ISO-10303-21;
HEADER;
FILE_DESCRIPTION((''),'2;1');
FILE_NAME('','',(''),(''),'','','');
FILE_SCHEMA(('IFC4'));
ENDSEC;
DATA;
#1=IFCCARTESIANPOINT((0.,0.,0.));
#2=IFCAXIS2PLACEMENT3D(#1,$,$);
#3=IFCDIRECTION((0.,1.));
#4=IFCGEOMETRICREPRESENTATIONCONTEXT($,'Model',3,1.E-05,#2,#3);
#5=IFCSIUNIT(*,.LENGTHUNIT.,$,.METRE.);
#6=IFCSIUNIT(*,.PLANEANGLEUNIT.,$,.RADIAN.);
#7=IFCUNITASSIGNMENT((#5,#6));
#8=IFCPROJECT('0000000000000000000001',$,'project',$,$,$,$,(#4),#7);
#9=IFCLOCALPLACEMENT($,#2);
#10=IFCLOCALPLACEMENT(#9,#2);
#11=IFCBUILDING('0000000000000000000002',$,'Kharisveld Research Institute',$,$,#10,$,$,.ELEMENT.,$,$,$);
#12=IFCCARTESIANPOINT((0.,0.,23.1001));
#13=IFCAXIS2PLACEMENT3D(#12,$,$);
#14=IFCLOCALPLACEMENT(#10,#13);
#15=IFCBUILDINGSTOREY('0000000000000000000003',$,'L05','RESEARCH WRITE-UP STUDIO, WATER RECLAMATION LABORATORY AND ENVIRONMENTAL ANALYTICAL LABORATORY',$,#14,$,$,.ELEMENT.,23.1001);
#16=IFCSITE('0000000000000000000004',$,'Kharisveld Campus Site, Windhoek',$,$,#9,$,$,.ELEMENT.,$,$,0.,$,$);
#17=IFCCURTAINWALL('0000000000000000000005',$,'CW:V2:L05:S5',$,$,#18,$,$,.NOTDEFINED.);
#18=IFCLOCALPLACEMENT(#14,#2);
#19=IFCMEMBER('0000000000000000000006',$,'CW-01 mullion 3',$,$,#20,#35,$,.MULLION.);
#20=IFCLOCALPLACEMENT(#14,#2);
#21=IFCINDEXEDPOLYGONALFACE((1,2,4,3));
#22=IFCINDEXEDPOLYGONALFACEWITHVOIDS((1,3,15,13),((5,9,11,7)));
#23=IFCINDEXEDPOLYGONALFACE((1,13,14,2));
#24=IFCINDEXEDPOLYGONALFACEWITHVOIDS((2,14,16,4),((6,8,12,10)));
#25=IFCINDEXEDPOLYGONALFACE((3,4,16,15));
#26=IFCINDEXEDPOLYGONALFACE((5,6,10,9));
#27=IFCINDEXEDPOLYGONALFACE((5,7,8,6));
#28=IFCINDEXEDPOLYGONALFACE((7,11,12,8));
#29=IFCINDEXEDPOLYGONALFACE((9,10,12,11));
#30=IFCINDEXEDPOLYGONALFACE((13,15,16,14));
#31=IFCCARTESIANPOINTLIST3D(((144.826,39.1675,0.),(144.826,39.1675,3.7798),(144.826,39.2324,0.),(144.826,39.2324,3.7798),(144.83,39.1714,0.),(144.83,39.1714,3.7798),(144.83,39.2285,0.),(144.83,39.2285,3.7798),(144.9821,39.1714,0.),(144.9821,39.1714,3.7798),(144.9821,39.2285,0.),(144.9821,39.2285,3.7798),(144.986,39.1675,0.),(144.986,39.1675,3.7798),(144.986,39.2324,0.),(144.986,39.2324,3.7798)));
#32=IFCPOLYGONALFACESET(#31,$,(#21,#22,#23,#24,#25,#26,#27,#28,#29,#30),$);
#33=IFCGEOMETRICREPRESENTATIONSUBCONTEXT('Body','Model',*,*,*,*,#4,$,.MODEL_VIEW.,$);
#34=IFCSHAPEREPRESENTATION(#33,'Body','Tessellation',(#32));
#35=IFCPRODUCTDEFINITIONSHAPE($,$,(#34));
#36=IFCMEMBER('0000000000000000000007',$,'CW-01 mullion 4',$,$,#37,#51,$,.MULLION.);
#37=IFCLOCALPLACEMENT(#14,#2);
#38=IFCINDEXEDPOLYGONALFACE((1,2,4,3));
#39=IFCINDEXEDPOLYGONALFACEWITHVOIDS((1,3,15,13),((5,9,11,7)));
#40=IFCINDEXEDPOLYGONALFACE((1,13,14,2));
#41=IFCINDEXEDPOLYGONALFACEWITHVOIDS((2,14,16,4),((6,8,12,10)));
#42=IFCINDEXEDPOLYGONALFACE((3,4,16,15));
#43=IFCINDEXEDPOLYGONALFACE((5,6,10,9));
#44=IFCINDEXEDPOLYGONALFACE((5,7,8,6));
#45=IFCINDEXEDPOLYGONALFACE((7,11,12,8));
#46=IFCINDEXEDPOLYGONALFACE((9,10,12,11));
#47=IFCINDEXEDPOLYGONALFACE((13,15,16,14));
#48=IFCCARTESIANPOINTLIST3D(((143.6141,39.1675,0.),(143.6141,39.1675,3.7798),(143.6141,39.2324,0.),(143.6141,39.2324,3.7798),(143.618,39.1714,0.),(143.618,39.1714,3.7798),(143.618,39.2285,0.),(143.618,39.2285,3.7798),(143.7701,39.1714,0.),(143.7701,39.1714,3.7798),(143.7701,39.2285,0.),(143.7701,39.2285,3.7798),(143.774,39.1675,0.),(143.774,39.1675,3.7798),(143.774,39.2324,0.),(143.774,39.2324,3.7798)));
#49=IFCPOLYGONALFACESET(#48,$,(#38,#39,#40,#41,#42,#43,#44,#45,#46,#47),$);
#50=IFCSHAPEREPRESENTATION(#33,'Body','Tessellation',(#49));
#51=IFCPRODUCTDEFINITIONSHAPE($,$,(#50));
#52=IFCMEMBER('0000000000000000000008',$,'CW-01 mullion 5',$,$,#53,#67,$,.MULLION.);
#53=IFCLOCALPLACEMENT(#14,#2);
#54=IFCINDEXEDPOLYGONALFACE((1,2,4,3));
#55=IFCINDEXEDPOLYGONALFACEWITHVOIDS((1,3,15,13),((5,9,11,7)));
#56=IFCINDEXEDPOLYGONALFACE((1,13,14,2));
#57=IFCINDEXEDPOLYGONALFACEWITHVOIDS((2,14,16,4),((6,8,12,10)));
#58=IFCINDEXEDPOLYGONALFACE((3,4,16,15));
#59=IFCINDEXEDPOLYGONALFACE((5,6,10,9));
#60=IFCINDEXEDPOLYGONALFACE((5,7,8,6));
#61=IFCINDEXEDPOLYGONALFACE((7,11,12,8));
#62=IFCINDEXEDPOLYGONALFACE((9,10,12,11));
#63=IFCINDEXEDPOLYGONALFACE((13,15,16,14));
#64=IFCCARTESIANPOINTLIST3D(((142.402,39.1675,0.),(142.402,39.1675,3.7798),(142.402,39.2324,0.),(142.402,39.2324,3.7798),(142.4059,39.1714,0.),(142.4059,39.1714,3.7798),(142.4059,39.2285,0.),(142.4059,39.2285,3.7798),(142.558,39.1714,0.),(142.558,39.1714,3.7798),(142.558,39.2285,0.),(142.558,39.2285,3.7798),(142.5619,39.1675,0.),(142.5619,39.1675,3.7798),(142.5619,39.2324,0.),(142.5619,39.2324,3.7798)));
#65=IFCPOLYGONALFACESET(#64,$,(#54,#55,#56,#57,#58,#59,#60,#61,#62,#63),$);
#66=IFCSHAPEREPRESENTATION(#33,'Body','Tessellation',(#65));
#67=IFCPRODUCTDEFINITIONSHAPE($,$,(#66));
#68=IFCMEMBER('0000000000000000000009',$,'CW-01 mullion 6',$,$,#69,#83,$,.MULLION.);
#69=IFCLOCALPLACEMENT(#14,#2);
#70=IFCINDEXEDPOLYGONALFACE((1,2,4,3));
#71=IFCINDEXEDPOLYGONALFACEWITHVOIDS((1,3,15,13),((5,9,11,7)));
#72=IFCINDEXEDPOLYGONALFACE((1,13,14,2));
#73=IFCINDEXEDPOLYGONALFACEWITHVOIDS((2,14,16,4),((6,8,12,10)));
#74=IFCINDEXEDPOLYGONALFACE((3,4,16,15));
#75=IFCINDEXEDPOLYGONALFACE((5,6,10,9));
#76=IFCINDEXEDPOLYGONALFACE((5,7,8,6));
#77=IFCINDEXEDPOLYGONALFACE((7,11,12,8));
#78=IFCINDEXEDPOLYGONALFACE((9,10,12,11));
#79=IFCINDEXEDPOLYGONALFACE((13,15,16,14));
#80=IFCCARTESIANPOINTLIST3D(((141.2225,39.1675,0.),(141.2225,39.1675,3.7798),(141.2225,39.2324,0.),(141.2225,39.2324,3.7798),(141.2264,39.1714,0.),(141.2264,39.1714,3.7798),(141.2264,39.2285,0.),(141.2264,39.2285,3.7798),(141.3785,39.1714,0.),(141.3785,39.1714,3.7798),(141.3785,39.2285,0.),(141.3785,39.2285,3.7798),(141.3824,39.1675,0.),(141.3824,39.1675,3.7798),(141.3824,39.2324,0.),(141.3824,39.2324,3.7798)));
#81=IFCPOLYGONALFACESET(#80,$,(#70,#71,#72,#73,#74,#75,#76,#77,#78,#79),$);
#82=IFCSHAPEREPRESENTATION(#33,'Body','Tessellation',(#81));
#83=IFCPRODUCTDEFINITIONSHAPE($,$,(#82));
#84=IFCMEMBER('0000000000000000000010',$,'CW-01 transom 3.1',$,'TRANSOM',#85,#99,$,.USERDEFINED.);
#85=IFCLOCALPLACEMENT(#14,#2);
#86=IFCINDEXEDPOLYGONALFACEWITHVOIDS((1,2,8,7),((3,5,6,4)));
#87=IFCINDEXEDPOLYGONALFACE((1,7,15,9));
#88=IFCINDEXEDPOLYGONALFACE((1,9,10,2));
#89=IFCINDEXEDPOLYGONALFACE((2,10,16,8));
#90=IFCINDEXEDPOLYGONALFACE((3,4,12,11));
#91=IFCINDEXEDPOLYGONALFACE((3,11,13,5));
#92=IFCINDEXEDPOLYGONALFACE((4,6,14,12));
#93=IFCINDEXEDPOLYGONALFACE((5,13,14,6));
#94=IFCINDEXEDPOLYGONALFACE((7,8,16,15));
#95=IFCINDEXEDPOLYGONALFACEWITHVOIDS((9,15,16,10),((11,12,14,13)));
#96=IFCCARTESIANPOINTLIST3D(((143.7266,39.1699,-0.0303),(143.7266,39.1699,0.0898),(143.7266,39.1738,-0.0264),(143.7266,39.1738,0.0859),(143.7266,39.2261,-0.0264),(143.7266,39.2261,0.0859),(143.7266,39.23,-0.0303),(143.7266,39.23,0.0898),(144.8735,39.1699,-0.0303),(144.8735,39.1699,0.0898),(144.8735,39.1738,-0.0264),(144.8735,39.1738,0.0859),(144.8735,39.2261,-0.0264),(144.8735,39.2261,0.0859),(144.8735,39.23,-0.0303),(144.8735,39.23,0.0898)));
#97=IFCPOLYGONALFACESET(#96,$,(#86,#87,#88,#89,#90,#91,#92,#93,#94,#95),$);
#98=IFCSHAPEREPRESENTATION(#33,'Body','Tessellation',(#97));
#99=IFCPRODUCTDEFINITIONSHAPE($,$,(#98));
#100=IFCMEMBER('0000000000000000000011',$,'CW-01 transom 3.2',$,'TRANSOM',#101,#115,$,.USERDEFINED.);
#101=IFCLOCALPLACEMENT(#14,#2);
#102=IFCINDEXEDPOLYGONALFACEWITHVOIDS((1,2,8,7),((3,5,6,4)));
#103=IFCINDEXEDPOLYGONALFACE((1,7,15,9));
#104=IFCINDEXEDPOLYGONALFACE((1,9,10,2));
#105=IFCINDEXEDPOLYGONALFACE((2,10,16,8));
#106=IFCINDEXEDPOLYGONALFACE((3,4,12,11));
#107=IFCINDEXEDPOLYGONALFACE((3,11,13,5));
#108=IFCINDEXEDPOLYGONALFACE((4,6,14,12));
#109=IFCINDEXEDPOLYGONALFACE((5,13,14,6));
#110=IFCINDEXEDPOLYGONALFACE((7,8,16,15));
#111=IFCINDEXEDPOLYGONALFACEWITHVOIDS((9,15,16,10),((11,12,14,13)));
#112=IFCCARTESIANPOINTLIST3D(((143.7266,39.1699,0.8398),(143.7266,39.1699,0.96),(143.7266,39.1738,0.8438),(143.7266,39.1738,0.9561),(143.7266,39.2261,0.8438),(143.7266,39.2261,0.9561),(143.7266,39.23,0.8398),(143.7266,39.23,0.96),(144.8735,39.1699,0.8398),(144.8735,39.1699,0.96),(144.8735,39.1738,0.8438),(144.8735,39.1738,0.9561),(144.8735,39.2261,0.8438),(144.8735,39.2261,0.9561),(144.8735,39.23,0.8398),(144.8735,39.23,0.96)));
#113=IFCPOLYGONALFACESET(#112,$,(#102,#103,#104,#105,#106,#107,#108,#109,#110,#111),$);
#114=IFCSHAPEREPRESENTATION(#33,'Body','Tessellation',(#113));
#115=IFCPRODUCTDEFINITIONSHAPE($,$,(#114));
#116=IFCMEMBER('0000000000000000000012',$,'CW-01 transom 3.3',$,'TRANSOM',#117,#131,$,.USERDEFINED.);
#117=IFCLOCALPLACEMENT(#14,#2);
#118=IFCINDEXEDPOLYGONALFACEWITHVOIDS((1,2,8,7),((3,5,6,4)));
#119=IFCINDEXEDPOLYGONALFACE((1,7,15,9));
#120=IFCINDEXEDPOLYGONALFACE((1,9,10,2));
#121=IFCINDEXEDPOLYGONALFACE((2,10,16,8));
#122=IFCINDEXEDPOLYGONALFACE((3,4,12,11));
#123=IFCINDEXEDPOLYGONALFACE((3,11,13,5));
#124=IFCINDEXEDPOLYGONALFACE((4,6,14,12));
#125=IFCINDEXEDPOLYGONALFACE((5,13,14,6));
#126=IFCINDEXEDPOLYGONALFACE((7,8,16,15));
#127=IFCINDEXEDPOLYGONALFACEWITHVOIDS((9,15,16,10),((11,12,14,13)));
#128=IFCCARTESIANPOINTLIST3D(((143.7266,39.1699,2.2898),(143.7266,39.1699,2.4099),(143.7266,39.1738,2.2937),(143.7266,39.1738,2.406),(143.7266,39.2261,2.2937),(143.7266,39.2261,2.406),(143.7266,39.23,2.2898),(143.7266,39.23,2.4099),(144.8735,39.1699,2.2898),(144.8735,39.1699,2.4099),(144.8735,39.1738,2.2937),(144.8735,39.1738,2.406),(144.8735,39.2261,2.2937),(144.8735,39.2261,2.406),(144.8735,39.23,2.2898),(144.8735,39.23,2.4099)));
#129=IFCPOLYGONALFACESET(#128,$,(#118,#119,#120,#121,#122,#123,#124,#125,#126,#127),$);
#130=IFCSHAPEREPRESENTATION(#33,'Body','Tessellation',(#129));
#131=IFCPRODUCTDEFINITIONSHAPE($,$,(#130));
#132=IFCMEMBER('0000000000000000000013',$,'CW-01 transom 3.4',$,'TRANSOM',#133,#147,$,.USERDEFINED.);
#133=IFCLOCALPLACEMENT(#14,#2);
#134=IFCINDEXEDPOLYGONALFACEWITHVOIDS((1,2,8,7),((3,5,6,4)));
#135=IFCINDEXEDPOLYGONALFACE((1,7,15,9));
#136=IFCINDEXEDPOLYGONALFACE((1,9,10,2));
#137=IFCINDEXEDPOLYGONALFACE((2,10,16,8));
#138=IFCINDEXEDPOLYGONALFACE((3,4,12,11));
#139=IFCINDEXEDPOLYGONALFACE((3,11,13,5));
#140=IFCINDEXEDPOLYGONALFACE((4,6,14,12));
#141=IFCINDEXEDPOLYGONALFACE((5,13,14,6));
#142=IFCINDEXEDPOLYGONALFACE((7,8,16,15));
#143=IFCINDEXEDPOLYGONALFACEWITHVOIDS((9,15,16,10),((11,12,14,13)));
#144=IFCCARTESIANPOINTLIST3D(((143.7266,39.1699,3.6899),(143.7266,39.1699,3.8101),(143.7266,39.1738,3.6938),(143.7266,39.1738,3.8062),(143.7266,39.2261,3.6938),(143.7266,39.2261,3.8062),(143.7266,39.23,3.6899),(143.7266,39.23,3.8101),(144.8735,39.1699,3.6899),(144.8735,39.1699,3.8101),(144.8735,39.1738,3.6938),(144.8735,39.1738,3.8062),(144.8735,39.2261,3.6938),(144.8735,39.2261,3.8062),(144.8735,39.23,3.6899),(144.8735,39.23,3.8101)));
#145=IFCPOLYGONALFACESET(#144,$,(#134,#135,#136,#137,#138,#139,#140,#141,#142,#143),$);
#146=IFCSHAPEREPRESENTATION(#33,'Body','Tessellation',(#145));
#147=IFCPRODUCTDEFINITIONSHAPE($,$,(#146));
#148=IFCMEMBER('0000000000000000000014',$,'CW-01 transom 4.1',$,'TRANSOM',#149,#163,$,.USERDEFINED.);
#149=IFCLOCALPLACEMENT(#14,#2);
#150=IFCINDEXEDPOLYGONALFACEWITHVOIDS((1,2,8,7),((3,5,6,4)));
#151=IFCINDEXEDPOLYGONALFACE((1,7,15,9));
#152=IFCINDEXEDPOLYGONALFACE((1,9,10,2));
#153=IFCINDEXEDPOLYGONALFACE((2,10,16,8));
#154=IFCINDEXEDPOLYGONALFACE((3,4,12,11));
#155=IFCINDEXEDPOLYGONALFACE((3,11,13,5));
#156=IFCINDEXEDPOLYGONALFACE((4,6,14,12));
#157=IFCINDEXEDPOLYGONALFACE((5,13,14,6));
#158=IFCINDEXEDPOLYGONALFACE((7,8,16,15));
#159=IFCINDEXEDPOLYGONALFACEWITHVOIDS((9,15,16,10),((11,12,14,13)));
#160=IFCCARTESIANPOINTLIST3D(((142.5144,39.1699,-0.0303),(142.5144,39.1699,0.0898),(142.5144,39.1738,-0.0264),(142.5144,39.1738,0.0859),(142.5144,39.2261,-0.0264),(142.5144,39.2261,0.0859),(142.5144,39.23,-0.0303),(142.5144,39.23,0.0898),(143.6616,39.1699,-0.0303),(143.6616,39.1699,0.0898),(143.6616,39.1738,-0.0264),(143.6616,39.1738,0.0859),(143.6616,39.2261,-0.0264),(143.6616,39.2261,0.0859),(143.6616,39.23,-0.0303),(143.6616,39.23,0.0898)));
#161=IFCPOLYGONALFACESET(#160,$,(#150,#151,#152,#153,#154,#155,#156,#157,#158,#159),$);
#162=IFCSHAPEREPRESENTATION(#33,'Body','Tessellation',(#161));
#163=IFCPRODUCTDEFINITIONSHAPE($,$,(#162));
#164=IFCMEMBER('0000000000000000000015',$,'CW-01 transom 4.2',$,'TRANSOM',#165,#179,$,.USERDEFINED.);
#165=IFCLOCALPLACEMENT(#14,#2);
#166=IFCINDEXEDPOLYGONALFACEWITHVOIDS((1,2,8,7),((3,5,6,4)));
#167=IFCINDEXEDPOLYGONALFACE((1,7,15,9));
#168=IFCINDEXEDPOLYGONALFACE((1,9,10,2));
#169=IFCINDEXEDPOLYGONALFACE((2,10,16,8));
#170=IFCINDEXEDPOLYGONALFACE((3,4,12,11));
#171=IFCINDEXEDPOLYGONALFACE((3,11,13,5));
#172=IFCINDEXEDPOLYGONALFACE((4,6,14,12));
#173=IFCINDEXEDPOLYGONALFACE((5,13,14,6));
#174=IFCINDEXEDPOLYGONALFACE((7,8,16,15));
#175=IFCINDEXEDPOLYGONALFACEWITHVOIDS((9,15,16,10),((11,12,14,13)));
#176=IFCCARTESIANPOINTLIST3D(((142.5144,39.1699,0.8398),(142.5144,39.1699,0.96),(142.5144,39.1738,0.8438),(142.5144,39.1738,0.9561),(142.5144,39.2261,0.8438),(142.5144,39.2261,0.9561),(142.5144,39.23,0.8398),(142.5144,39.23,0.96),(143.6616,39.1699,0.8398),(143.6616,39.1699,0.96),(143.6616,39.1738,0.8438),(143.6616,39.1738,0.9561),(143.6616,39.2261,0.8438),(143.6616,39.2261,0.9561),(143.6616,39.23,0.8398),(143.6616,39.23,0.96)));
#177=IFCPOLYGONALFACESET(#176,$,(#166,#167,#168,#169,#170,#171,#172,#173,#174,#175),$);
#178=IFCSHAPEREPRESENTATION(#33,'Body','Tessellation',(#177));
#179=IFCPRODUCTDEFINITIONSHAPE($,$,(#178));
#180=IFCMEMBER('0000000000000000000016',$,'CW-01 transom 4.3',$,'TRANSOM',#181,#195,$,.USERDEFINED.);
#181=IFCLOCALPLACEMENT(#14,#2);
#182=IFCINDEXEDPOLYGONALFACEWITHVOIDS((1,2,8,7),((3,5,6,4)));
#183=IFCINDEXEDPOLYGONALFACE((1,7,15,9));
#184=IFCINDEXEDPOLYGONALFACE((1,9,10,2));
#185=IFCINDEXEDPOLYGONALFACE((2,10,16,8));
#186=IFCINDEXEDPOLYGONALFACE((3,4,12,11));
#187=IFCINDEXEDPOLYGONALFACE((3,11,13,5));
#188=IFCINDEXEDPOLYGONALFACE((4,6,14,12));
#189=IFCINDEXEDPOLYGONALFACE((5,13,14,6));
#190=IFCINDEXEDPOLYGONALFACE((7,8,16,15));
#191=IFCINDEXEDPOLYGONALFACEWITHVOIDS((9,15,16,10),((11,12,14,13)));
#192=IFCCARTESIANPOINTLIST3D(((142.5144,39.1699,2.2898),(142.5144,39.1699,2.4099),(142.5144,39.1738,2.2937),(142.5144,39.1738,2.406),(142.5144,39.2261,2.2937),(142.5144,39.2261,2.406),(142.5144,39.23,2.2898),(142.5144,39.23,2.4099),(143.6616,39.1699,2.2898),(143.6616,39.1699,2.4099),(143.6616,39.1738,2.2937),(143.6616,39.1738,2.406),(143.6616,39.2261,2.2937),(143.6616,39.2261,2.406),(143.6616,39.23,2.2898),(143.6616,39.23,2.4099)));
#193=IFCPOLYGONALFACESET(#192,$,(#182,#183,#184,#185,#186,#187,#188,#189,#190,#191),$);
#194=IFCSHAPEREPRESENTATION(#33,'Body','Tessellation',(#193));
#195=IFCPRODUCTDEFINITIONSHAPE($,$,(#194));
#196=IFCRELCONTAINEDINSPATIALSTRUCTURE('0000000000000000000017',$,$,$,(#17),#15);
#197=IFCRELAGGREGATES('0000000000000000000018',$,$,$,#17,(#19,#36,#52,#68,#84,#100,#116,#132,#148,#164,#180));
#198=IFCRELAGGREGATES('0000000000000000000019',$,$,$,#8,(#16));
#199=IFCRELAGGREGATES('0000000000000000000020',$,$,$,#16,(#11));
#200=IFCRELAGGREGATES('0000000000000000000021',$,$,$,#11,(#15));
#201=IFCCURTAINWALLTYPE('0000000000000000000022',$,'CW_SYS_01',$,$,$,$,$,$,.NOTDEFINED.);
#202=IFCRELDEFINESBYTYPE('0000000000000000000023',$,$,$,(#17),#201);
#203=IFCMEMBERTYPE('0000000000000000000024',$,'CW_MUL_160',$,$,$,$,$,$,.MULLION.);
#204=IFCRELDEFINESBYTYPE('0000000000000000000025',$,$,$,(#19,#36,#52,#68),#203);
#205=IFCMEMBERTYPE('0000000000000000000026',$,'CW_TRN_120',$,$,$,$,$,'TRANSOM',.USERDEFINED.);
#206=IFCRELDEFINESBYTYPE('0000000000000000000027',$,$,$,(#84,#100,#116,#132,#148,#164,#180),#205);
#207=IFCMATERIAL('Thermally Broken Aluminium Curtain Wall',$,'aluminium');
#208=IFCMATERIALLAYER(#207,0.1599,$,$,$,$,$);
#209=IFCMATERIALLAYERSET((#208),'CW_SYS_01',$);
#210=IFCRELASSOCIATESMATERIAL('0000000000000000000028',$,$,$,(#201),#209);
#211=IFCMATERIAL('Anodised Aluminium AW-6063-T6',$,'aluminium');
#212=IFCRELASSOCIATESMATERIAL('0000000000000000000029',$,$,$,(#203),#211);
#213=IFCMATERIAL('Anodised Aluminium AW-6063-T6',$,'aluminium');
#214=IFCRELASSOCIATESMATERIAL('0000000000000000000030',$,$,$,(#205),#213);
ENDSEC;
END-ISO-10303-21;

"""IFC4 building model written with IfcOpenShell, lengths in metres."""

from ifc_helpers import new_model, si_unit, direction, frame, origin, origin_2d, place, context, subcontext, project, spatial, hollow_rectangle, extrude, material, layer, layer_set, material_profile, profile_set, type_object, element, aggregate, save


model = new_model("IFC4")

# Units and contexts
model_context = context("Model", 3, precision=1e-05, world=origin(), true_north=direction((0.0, 1.0)))
body_context = subcontext(model_context, "Body", "Model", "MODEL_VIEW")
ifc_project = project(units=[si_unit("LENGTHUNIT", "METRE"), si_unit("PLANEANGLEUNIT", "RADIAN")], contexts=[model_context])

# Site, building, storey
site_placement = place(None, origin())
site = spatial("IfcSite", under=ifc_project, at=site_placement, Name="Kharisveld Campus Site, Windhoek", CompositionType="ELEMENT", RefElevation=0.0)
building_placement = place(site_placement, origin())
building = spatial("IfcBuilding", under=site, at=building_placement, Name="Kharisveld Research Institute", CompositionType="ELEMENT")
storey_placement = place(building_placement, frame((0.0, 0.0, 23.1001)))
storey = spatial("IfcBuildingStorey", under=building, at=storey_placement, Name="L05", Description="RESEARCH WRITE-UP STUDIO, WATER RECLAMATION LABORATORY AND ENVIRONMENTAL ANALYTICAL LABORATORY", CompositionType="ELEMENT", Elevation=23.1001)

# Curtain wall, members
ifc_material_1 = material(Name="Thermally Broken Aluminium Curtain Wall", Category="aluminium")
ifc_layer_1 = layer(ifc_material_1, 0.1599)
ifc_layer_set_1 = layer_set([ifc_layer_1], Name="CW_SYS_01")
curtain_wall_type = type_object("IfcCurtainWallType", Name="CW_SYS_01", PredefinedType="NOTDEFINED", material=ifc_layer_set_1)
curtain_wall_placement = place(storey_placement, origin())
curtain_wall = element("IfcCurtainWall", 1, at=curtain_wall_placement, inside=storey, type_object=curtain_wall_type, Name="CW:V2:L05:S5", PredefinedType="NOTDEFINED")
ifc_material_2 = material(Name="Anodised Aluminium AW-6063-T6", Category="aluminium")
ifc_material_profile_1 = material_profile(ifc_material_2, hollow_rectangle(XDim=0.0649, YDim=0.1599, WallThickness=0.0039, at=origin_2d()))
ifc_profile_set_1 = profile_set([ifc_material_profile_1], Name="Anodised Aluminium AW-6063-T6")
member_type_1 = type_object("IfcMemberType", Name="CW_MUL_160", PredefinedType="MULLION", material=ifc_profile_set_1)
member_1_placement = place(storey_placement, frame((144.906, 39.2, 0.0), z_axis=(0.0, 0.0, 1.0), x_axis=(0.0, -1.0, 0.0)))
member_1 = element("IfcMember", 2, at=member_1_placement, type_object=member_type_1, Name="CW-01 mullion 3", PredefinedType="MULLION", context=body_context, shape_type="SweptSolid", body=[
    extrude(hollow_rectangle(XDim=0.0649, YDim=0.1599, WallThickness=0.0039, at=origin_2d()), origin(), (0.0, 0.0, 1.0), 3.7798),
])
member_2_placement = place(storey_placement, frame((143.6941, 39.2, 0.0), z_axis=(0.0, 0.0, 1.0), x_axis=(0.0, -1.0, 0.0)))
member_2 = element("IfcMember", 3, at=member_2_placement, type_object=member_type_1, Name="CW-01 mullion 4", PredefinedType="MULLION", context=body_context, shape_type="SweptSolid", body=[
    extrude(hollow_rectangle(XDim=0.0649, YDim=0.1599, WallThickness=0.0039, at=origin_2d()), origin(), (0.0, 0.0, 1.0), 3.7798),
])
member_3_placement = place(storey_placement, frame((142.4819, 39.2, 0.0), z_axis=(0.0, 0.0, 1.0), x_axis=(0.0, -1.0, 0.0)))
member_3 = element("IfcMember", 4, at=member_3_placement, type_object=member_type_1, Name="CW-01 mullion 5", PredefinedType="MULLION", context=body_context, shape_type="SweptSolid", body=[
    extrude(hollow_rectangle(XDim=0.0649, YDim=0.1599, WallThickness=0.0039, at=origin_2d()), origin(), (0.0, 0.0, 1.0), 3.7798),
])
member_4_placement = place(storey_placement, frame((141.3025, 39.2, 0.0), z_axis=(0.0, 0.0, 1.0), x_axis=(0.0, -1.0, 0.0)))
member_4 = element("IfcMember", 5, at=member_4_placement, type_object=member_type_1, Name="CW-01 mullion 6", PredefinedType="MULLION", context=body_context, shape_type="SweptSolid", body=[
    extrude(hollow_rectangle(XDim=0.0649, YDim=0.1599, WallThickness=0.0039, at=origin_2d()), origin(), (0.0, 0.0, 1.0), 3.7798),
])
ifc_material_3 = material(Name="Anodised Aluminium AW-6063-T6", Category="aluminium")
ifc_material_profile_2 = material_profile(ifc_material_3, hollow_rectangle(XDim=0.0601, YDim=0.1201, WallThickness=0.0039, at=origin_2d()))
ifc_profile_set_2 = profile_set([ifc_material_profile_2], Name="Anodised Aluminium AW-6063-T6")
member_type_2 = type_object("IfcMemberType", Name="CW_TRN_120", ElementType="TRANSOM", PredefinedType="USERDEFINED", material=ifc_profile_set_2)
member_5_placement = place(storey_placement, frame((144.8735, 39.2, 0.0298), z_axis=(-1.0, 0.0, 0.0), x_axis=(0.0, -1.0, 0.0)))
member_5 = element("IfcMember", 6, at=member_5_placement, type_object=member_type_2, Name="CW-01 transom 3.1", ObjectType="TRANSOM", PredefinedType="USERDEFINED", context=body_context, shape_type="SweptSolid", body=[
    extrude(hollow_rectangle(XDim=0.0601, YDim=0.1201, WallThickness=0.0039, at=origin_2d()), origin(), (0.0, 0.0, 1.0), 1.147),
])
member_6_placement = place(storey_placement, frame((144.8735, 39.2, 0.8999), z_axis=(-1.0, 0.0, 0.0), x_axis=(0.0, -1.0, 0.0)))
member_6 = element("IfcMember", 7, at=member_6_placement, type_object=member_type_2, Name="CW-01 transom 3.2", ObjectType="TRANSOM", PredefinedType="USERDEFINED", context=body_context, shape_type="SweptSolid", body=[
    extrude(hollow_rectangle(XDim=0.0601, YDim=0.1201, WallThickness=0.0039, at=origin_2d()), origin(), (0.0, 0.0, 1.0), 1.147),
])
member_7_placement = place(storey_placement, frame((144.8735, 39.2, 2.3499), z_axis=(-1.0, 0.0, 0.0), x_axis=(0.0, -1.0, 0.0)))
member_7 = element("IfcMember", 8, at=member_7_placement, type_object=member_type_2, Name="CW-01 transom 3.3", ObjectType="TRANSOM", PredefinedType="USERDEFINED", context=body_context, shape_type="SweptSolid", body=[
    extrude(hollow_rectangle(XDim=0.0601, YDim=0.1201, WallThickness=0.0039, at=origin_2d()), origin(), (0.0, 0.0, 1.0), 1.147),
])
member_8_placement = place(storey_placement, frame((144.8735, 39.2, 3.75), z_axis=(-1.0, 0.0, 0.0), x_axis=(0.0, -1.0, 0.0)))
member_8 = element("IfcMember", 9, at=member_8_placement, type_object=member_type_2, Name="CW-01 transom 3.4", ObjectType="TRANSOM", PredefinedType="USERDEFINED", context=body_context, shape_type="SweptSolid", body=[
    extrude(hollow_rectangle(XDim=0.0601, YDim=0.1201, WallThickness=0.0039, at=origin_2d()), origin(), (0.0, 0.0, 1.0), 1.147),
])
member_9_placement = place(storey_placement, frame((143.6616, 39.2, 0.0298), z_axis=(-1.0, 0.0, 0.0), x_axis=(0.0, -1.0, 0.0)))
member_9 = element("IfcMember", 10, at=member_9_placement, type_object=member_type_2, Name="CW-01 transom 4.1", ObjectType="TRANSOM", PredefinedType="USERDEFINED", context=body_context, shape_type="SweptSolid", body=[
    extrude(hollow_rectangle(XDim=0.0601, YDim=0.1201, WallThickness=0.0039, at=origin_2d()), origin(), (0.0, 0.0, 1.0), 1.1472),
])
member_10_placement = place(storey_placement, frame((143.6616, 39.2, 0.8999), z_axis=(-1.0, 0.0, 0.0), x_axis=(0.0, -1.0, 0.0)))
member_10 = element("IfcMember", 11, at=member_10_placement, type_object=member_type_2, Name="CW-01 transom 4.2", ObjectType="TRANSOM", PredefinedType="USERDEFINED", context=body_context, shape_type="SweptSolid", body=[
    extrude(hollow_rectangle(XDim=0.0601, YDim=0.1201, WallThickness=0.0039, at=origin_2d()), origin(), (0.0, 0.0, 1.0), 1.1472),
])
member_11_placement = place(storey_placement, frame((143.6616, 39.2, 2.3499), z_axis=(-1.0, 0.0, 0.0), x_axis=(0.0, -1.0, 0.0)))
member_11 = element("IfcMember", 12, at=member_11_placement, type_object=member_type_2, Name="CW-01 transom 4.3", ObjectType="TRANSOM", PredefinedType="USERDEFINED", context=body_context, shape_type="SweptSolid", body=[
    extrude(hollow_rectangle(XDim=0.0601, YDim=0.1201, WallThickness=0.0039, at=origin_2d()), origin(), (0.0, 0.0, 1.0), 1.1472),
])

aggregate(curtain_wall, [member_1, member_2, member_3, member_4, member_5, member_6, member_7, member_8, member_9, member_10, member_11])

save(model, "model.ifc")
